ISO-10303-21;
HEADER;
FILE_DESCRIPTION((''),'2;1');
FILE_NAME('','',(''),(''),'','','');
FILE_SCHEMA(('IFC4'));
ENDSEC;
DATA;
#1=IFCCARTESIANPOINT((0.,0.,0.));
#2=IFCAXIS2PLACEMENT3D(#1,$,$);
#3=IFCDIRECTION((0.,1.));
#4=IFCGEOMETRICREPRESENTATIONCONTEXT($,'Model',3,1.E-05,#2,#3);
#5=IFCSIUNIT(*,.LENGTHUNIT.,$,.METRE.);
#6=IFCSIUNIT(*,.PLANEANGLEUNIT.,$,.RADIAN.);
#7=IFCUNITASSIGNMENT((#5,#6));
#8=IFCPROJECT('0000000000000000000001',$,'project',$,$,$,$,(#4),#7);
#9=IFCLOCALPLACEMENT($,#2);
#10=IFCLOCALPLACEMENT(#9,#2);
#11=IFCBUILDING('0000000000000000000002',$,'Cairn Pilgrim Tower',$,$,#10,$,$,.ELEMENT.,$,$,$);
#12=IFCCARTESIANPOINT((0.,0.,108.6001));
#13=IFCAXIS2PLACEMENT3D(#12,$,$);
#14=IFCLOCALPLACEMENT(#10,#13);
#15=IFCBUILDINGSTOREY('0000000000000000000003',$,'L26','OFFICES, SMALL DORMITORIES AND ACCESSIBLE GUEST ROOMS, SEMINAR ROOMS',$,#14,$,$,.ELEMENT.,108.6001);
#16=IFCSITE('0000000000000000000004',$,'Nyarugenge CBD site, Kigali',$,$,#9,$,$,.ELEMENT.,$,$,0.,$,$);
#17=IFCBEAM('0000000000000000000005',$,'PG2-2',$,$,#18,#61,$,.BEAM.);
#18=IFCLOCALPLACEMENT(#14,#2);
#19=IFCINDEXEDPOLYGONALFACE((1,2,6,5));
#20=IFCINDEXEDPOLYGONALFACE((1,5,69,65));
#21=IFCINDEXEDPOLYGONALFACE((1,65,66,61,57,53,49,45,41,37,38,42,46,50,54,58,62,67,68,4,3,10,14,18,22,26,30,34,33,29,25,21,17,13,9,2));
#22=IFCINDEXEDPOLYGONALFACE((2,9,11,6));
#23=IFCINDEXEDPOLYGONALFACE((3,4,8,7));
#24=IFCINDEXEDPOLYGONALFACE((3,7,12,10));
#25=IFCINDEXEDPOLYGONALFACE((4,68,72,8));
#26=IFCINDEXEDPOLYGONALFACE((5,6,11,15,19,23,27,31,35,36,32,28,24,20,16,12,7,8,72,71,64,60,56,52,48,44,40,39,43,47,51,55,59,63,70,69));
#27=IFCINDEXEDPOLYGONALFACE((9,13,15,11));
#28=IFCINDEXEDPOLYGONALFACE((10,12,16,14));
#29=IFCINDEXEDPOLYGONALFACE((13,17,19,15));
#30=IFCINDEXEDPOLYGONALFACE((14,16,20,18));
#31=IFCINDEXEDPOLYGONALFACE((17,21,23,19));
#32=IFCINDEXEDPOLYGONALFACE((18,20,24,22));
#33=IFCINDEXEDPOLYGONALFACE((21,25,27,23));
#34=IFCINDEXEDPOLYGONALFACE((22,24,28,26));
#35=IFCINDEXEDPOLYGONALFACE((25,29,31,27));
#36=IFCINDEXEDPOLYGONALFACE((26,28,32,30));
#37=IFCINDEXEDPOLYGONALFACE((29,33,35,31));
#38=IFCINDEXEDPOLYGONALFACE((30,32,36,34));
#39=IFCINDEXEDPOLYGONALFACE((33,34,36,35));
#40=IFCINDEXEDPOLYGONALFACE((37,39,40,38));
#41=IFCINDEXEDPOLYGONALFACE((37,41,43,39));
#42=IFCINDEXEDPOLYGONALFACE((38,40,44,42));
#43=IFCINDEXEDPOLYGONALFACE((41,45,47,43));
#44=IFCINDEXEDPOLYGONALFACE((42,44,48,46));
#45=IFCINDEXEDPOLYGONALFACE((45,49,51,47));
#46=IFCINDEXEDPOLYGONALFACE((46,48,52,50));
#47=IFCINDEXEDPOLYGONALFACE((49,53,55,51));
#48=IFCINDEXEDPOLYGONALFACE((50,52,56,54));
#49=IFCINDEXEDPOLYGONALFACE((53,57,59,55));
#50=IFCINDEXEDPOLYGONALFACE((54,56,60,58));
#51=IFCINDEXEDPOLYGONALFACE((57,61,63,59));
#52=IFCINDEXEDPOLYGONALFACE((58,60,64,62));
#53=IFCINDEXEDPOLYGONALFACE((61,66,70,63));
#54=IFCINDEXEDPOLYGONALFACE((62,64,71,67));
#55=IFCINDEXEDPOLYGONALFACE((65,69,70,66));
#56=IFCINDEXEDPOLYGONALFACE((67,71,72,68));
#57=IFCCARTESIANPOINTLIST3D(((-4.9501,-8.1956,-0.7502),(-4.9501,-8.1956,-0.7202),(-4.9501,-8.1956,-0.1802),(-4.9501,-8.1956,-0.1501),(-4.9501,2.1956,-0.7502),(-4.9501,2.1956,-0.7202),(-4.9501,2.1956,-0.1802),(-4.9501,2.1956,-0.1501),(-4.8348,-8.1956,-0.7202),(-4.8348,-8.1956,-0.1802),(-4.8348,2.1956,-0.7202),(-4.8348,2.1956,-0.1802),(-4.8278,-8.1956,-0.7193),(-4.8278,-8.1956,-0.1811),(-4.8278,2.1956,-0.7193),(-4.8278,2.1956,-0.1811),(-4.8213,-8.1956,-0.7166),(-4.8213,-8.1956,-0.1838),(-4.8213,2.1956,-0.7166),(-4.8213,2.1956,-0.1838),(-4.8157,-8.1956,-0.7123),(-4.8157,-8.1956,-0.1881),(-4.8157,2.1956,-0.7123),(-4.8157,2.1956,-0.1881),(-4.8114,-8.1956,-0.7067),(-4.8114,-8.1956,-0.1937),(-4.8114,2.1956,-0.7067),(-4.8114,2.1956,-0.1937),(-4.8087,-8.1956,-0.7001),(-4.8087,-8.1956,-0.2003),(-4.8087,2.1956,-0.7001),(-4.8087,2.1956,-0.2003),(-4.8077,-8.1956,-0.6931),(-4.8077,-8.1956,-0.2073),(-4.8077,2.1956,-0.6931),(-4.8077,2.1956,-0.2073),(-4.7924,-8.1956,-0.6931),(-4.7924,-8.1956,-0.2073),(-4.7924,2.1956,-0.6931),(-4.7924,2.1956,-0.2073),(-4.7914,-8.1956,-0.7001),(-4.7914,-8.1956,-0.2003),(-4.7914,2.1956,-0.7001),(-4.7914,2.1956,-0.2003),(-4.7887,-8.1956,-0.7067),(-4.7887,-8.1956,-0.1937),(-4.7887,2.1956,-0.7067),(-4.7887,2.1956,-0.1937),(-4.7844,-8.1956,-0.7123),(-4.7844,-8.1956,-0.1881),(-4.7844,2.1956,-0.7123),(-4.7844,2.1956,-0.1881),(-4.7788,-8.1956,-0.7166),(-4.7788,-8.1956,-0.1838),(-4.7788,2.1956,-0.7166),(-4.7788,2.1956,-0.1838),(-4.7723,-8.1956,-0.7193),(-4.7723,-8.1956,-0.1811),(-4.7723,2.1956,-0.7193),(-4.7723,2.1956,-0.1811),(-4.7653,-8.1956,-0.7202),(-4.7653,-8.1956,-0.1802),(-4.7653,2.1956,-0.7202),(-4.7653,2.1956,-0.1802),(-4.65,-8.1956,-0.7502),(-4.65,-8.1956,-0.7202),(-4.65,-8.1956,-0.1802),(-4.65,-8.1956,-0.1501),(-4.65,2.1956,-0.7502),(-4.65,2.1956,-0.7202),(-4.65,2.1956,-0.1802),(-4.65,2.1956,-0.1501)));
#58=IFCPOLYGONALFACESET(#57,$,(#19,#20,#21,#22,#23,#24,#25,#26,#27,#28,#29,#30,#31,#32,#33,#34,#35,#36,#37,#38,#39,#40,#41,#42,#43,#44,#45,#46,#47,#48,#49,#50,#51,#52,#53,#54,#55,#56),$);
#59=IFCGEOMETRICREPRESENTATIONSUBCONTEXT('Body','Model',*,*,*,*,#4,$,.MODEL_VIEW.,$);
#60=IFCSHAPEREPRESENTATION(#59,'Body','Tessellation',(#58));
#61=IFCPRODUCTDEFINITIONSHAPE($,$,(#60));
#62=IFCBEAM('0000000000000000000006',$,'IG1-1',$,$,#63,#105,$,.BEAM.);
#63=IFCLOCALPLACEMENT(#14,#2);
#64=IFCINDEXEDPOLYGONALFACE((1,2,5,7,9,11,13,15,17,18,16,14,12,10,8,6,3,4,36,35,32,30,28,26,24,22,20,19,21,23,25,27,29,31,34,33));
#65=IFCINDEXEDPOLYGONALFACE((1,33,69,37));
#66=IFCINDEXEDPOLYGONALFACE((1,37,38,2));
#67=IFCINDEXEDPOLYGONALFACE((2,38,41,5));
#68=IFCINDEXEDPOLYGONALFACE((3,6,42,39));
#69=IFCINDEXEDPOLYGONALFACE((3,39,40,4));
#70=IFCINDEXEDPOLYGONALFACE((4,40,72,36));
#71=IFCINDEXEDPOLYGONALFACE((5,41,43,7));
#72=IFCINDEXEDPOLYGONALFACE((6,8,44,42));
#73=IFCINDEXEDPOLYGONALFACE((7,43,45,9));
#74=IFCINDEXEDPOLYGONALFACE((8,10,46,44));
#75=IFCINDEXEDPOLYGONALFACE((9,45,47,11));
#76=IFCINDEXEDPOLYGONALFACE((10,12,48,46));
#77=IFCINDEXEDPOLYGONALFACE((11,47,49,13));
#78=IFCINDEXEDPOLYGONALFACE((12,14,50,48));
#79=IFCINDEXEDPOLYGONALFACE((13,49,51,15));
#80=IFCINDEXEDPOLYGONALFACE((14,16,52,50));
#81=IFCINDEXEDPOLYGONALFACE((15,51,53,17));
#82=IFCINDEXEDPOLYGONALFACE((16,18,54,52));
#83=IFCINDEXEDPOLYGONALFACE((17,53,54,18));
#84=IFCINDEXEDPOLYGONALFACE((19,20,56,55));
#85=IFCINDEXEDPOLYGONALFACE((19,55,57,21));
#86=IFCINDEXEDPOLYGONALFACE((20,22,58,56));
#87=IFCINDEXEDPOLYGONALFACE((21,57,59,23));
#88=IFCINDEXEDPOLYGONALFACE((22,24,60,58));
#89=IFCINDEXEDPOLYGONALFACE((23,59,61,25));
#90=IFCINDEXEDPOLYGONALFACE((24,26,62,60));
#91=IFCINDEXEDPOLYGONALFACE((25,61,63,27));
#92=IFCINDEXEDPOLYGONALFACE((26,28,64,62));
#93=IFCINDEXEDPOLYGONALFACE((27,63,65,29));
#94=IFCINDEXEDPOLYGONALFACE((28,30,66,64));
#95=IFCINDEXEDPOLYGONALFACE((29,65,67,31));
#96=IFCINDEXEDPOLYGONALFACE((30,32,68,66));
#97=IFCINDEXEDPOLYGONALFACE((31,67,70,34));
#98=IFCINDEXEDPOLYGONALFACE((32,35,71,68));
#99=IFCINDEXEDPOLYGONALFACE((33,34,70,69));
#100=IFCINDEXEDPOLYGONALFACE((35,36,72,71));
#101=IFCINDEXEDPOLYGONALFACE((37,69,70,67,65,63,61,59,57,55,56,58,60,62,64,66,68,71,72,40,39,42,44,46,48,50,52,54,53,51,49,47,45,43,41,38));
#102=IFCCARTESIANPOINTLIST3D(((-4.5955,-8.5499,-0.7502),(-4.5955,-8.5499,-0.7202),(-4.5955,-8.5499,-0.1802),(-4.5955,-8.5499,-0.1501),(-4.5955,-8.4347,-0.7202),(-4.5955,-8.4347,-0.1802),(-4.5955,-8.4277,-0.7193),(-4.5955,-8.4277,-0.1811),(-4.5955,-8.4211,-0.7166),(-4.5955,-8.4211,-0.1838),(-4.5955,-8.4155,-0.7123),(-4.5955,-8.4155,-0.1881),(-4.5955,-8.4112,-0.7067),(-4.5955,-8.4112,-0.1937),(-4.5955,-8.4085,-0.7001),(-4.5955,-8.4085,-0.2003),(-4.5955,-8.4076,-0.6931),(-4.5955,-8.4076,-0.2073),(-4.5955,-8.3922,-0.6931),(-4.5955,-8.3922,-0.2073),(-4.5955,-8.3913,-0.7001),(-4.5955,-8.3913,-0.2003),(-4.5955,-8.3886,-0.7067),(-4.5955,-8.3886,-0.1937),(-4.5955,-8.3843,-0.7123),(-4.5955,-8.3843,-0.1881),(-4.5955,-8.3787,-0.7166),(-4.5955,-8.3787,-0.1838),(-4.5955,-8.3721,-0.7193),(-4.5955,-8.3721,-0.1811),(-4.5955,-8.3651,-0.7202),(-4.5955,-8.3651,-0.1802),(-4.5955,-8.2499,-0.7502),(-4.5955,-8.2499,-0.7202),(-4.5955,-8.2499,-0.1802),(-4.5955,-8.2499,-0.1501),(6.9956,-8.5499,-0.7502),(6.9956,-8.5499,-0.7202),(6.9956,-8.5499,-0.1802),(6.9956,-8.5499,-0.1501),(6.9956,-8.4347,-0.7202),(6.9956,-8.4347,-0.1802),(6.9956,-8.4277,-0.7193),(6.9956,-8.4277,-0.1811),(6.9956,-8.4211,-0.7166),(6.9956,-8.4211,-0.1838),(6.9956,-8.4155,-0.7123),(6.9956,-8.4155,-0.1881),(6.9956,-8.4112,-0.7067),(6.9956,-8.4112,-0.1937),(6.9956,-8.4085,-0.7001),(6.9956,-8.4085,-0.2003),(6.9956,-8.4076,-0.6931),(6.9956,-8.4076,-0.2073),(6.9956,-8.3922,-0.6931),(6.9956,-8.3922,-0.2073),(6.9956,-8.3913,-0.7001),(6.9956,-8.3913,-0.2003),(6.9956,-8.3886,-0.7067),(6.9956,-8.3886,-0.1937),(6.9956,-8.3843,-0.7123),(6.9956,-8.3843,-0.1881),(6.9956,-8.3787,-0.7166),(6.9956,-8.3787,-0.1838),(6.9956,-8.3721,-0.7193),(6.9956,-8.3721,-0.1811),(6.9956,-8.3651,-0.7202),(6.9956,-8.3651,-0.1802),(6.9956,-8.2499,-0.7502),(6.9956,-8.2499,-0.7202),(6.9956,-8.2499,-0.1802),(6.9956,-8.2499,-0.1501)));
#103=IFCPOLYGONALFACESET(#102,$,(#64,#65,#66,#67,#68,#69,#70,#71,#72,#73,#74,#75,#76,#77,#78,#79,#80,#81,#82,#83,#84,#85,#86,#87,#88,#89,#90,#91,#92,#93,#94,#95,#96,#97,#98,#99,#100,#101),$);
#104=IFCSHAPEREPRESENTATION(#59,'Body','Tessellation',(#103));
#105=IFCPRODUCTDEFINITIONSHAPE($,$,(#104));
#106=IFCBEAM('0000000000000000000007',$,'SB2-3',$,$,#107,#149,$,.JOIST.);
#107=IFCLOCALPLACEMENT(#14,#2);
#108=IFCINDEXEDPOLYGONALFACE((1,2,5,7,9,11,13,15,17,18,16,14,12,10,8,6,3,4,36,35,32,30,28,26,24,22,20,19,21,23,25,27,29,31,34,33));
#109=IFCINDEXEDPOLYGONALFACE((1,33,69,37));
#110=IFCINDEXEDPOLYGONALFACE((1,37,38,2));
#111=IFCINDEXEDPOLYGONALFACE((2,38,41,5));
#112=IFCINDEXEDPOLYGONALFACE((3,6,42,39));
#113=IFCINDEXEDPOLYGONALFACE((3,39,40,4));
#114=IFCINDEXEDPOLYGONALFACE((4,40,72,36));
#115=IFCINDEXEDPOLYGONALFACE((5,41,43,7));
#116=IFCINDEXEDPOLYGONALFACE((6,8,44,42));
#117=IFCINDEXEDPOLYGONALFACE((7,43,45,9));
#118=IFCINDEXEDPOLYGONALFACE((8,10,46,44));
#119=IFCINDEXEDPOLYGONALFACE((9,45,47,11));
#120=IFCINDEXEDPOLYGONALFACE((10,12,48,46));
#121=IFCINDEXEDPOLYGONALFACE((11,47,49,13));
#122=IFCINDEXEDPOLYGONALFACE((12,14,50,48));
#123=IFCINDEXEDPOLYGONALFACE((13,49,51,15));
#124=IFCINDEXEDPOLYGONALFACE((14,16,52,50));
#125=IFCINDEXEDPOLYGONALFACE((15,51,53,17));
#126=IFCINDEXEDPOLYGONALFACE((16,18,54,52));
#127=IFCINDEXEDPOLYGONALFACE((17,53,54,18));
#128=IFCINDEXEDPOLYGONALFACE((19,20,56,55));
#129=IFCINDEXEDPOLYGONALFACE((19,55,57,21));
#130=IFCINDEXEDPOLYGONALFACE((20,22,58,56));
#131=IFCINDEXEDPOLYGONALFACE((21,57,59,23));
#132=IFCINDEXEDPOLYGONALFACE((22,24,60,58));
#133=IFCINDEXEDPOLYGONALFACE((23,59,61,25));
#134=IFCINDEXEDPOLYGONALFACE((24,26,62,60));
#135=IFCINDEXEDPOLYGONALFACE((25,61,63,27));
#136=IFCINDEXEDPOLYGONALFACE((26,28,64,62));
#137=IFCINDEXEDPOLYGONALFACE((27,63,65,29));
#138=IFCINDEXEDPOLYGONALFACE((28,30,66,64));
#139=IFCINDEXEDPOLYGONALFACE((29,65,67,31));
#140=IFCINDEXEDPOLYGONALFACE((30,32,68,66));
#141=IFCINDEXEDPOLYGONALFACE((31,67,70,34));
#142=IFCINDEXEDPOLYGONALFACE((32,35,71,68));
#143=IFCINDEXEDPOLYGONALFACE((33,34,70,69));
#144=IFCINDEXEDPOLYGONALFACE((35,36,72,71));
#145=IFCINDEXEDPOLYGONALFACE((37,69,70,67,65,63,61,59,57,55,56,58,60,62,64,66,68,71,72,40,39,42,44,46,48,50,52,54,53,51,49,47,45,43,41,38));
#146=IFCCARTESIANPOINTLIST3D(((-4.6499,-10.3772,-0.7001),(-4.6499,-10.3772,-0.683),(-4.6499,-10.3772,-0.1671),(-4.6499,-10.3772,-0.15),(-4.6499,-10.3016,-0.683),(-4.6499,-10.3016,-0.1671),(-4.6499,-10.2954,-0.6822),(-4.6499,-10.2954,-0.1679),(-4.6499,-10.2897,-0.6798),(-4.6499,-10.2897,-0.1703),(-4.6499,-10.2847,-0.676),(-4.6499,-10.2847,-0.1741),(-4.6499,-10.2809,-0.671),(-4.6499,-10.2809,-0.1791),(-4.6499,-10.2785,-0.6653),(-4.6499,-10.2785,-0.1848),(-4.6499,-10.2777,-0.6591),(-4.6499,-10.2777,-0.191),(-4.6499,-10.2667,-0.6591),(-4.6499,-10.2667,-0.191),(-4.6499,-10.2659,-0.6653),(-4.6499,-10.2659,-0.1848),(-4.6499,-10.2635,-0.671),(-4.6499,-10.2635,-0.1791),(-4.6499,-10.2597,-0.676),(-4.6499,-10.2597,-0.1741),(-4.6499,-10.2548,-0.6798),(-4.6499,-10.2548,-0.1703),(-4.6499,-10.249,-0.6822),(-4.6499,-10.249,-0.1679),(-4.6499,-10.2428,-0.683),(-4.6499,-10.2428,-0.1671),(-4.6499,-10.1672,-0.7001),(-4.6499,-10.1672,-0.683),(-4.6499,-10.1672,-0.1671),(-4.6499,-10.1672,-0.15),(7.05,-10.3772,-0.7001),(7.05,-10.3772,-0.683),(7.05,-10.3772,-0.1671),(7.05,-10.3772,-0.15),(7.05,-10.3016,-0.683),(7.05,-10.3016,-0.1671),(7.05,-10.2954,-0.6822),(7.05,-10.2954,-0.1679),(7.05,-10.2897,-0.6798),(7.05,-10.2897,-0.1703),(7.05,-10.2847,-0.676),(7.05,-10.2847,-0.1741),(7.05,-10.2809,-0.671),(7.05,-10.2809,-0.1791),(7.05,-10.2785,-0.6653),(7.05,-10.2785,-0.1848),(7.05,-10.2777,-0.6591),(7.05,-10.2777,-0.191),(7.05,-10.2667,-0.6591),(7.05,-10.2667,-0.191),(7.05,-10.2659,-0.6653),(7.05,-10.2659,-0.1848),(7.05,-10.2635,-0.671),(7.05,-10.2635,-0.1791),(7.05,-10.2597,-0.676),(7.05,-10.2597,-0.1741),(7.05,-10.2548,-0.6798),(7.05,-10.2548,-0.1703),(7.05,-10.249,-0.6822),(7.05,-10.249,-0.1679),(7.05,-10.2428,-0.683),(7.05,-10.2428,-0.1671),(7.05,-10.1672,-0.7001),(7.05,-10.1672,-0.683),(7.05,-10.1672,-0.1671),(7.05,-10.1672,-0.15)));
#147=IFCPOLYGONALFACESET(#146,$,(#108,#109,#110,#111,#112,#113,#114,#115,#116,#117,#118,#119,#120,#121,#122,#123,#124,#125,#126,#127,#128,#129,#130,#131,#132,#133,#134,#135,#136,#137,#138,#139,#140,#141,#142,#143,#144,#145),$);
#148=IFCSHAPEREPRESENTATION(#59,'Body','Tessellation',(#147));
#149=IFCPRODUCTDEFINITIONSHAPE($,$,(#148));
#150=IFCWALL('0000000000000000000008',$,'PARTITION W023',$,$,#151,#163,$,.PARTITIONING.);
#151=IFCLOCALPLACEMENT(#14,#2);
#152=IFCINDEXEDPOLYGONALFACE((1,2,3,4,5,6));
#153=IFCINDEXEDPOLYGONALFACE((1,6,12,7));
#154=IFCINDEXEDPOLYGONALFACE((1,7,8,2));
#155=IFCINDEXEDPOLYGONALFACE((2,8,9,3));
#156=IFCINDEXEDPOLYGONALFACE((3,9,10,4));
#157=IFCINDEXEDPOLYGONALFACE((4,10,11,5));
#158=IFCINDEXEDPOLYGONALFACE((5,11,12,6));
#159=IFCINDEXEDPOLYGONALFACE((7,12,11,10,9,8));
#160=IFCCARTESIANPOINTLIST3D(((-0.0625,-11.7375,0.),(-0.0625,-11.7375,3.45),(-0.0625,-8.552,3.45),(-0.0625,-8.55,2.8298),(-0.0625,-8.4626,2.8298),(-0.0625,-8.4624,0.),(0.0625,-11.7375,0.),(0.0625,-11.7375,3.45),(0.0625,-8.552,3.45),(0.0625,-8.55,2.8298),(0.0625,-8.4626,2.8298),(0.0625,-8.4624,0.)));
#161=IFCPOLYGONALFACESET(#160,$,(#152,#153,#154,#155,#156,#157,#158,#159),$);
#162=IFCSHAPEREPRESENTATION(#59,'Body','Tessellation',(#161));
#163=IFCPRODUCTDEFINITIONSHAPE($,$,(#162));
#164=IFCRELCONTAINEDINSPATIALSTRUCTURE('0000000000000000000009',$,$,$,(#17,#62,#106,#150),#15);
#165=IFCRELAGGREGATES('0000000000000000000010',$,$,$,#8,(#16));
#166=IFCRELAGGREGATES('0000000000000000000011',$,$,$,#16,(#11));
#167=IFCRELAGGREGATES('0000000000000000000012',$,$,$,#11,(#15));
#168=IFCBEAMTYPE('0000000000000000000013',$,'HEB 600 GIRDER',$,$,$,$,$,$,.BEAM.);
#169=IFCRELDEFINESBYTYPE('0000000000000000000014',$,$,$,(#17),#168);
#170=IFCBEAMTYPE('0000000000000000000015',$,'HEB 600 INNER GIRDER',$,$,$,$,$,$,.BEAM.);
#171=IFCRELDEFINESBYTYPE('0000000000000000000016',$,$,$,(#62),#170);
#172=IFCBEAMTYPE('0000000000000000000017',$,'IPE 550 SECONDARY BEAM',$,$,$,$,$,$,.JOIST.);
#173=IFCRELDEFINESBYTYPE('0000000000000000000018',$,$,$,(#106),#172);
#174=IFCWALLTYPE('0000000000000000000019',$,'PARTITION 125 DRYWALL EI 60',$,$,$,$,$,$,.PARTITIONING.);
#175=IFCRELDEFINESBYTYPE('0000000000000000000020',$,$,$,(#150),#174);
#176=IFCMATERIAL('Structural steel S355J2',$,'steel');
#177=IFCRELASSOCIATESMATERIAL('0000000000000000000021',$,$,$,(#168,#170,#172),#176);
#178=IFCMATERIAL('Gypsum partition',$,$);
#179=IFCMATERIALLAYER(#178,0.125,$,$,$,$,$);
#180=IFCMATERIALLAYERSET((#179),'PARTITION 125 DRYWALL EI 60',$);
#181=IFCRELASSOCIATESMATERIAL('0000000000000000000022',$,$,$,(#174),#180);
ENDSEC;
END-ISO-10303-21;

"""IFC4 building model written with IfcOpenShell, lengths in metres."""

from ifc_helpers import new_model, si_unit, direction, frame, origin, origin_2d, place, context, subcontext, project, spatial, polyline, i_section, outline, extrude, material, layer, layer_set, material_profile, profile_set, type_object, element, save


model = new_model("IFC4")

# Units and contexts
model_context = context("Model", 3, precision=1e-05, world=origin(), true_north=direction((0.0, 1.0)))
body_context = subcontext(model_context, "Body", "Model", "MODEL_VIEW")
ifc_project = project(units=[si_unit("LENGTHUNIT", "METRE"), si_unit("PLANEANGLEUNIT", "RADIAN")], contexts=[model_context])

# Site, building, storey
site_placement = place(None, origin())
site = spatial("IfcSite", under=ifc_project, at=site_placement, Name="Nyarugenge CBD site, Kigali", CompositionType="ELEMENT", RefElevation=0.0)
building_placement = place(site_placement, origin())
building = spatial("IfcBuilding", under=site, at=building_placement, Name="Cairn Pilgrim Tower", CompositionType="ELEMENT")
storey_placement = place(building_placement, frame((0.0, 0.0, 108.6001)))
storey = spatial("IfcBuildingStorey", under=building, at=storey_placement, Name="L26", Description="OFFICES, SMALL DORMITORIES AND ACCESSIBLE GUEST ROOMS, SEMINAR ROOMS", CompositionType="ELEMENT", Elevation=108.6001)

# Beams
ifc_material_1 = material(Name="Structural steel S355J2", Category="steel")
ifc_material_profile_1 = material_profile(ifc_material_1, i_section(OverallWidth=0.3, OverallDepth=0.6001, WebThickness=0.0154, FlangeThickness=0.03, FilletRadius=0.0271, at=origin_2d()), Name="HEB 600")
ifc_profile_set_1 = profile_set([ifc_material_profile_1], Name="Structural steel S355J2")
beam_type_1 = type_object("IfcBeamType", Name="HEB 600 GIRDER", PredefinedType="BEAM", material=ifc_profile_set_1)
beam_1_placement = place(storey_placement, frame((-4.8, -8.1956, -0.4502), z_axis=(0.0, 1.0, 0.0), x_axis=(-1.0, 0.0, 0.0)))
element("IfcBeam", 1, at=beam_1_placement, inside=storey, type_object=beam_type_1, Name="PG2-2", PredefinedType="BEAM", context=body_context, shape_type="SweptSolid", body=[
    extrude(i_section(OverallWidth=0.3, OverallDepth=0.6001, WebThickness=0.0154, FlangeThickness=0.03, FilletRadius=0.0271, at=origin_2d()), origin(), (0.0, 0.0, 1.0), 10.3911),
])
ifc_material_profile_2 = material_profile(ifc_material_1, i_section(OverallWidth=0.3, OverallDepth=0.6001, WebThickness=0.0154, FlangeThickness=0.03, FilletRadius=0.0271, at=origin_2d()), Name="HEB 600")
ifc_profile_set_2 = profile_set([ifc_material_profile_2], Name="Structural steel S355J2")
beam_type_2 = type_object("IfcBeamType", Name="HEB 600 INNER GIRDER", PredefinedType="BEAM", material=ifc_profile_set_2)
beam_2_placement = place(storey_placement, frame((-4.5955, -8.3999, -0.4502), z_axis=(1.0, 0.0, 0.0), x_axis=(0.0, 1.0, 0.0)))
element("IfcBeam", 2, at=beam_2_placement, inside=storey, type_object=beam_type_2, Name="IG1-1", PredefinedType="BEAM", context=body_context, shape_type="SweptSolid", body=[
    extrude(i_section(OverallWidth=0.3, OverallDepth=0.6001, WebThickness=0.0154, FlangeThickness=0.03, FilletRadius=0.0271, at=origin_2d()), origin(), (0.0, 0.0, 1.0), 11.5911),
])
ifc_material_profile_3 = material_profile(ifc_material_1, i_section(OverallWidth=0.21, OverallDepth=0.55, WebThickness=0.011, FlangeThickness=0.0171, FilletRadius=0.0239, at=origin_2d()), Name="IPE 550")
ifc_profile_set_3 = profile_set([ifc_material_profile_3], Name="Structural steel S355J2")
beam_type_3 = type_object("IfcBeamType", Name="IPE 550 SECONDARY BEAM", PredefinedType="JOIST", material=ifc_profile_set_3)
beam_3_placement = place(storey_placement, frame((-4.6499, -10.2722, -0.425), z_axis=(1.0, 0.0, 0.0), x_axis=(0.0, 1.0, 0.0)))
element("IfcBeam", 3, at=beam_3_placement, inside=storey, type_object=beam_type_3, Name="SB2-3", PredefinedType="JOIST", context=body_context, shape_type="SweptSolid", body=[
    extrude(i_section(OverallWidth=0.21, OverallDepth=0.55, WebThickness=0.011, FlangeThickness=0.0171, FilletRadius=0.0239, at=origin_2d()), origin(), (0.0, 0.0, 1.0), 11.7),
])

# Wall
ifc_material_2 = material(Name="Gypsum partition")
ifc_layer_1 = layer(ifc_material_2, 0.125)
ifc_layer_set_1 = layer_set([ifc_layer_1], Name="PARTITION 125 DRYWALL EI 60")
wall_type_1 = type_object("IfcWallType", Name="PARTITION 125 DRYWALL EI 60", PredefinedType="PARTITIONING", material=ifc_layer_set_1)
wall_1_placement = place(storey_placement, frame((0.0, -11.7375, 0.0), z_axis=(0.0, 0.0, 1.0), x_axis=(0.0, 1.0, 0.0)))
element("IfcWall", 4, at=wall_1_placement, inside=storey, type_object=wall_type_1, Name="PARTITION W023", PredefinedType="PARTITIONING", context=body_context, shape_type="SweptSolid", body=[
    extrude(outline(polyline([(0.0, 0.0), (3.2751, 0.0), (3.2749, 2.8298), (3.1875, 2.8298), (3.1855, 3.45), (0.0, 3.45), (0.0, 0.0)])), frame((0.0, 0.0625, 0.0), z_axis=(0.0, -1.0, 0.0), x_axis=(1.0, 0.0, 0.0)), (0.0, 0.0, 1.0), 0.125),
])

save(model, "model.ifc")
